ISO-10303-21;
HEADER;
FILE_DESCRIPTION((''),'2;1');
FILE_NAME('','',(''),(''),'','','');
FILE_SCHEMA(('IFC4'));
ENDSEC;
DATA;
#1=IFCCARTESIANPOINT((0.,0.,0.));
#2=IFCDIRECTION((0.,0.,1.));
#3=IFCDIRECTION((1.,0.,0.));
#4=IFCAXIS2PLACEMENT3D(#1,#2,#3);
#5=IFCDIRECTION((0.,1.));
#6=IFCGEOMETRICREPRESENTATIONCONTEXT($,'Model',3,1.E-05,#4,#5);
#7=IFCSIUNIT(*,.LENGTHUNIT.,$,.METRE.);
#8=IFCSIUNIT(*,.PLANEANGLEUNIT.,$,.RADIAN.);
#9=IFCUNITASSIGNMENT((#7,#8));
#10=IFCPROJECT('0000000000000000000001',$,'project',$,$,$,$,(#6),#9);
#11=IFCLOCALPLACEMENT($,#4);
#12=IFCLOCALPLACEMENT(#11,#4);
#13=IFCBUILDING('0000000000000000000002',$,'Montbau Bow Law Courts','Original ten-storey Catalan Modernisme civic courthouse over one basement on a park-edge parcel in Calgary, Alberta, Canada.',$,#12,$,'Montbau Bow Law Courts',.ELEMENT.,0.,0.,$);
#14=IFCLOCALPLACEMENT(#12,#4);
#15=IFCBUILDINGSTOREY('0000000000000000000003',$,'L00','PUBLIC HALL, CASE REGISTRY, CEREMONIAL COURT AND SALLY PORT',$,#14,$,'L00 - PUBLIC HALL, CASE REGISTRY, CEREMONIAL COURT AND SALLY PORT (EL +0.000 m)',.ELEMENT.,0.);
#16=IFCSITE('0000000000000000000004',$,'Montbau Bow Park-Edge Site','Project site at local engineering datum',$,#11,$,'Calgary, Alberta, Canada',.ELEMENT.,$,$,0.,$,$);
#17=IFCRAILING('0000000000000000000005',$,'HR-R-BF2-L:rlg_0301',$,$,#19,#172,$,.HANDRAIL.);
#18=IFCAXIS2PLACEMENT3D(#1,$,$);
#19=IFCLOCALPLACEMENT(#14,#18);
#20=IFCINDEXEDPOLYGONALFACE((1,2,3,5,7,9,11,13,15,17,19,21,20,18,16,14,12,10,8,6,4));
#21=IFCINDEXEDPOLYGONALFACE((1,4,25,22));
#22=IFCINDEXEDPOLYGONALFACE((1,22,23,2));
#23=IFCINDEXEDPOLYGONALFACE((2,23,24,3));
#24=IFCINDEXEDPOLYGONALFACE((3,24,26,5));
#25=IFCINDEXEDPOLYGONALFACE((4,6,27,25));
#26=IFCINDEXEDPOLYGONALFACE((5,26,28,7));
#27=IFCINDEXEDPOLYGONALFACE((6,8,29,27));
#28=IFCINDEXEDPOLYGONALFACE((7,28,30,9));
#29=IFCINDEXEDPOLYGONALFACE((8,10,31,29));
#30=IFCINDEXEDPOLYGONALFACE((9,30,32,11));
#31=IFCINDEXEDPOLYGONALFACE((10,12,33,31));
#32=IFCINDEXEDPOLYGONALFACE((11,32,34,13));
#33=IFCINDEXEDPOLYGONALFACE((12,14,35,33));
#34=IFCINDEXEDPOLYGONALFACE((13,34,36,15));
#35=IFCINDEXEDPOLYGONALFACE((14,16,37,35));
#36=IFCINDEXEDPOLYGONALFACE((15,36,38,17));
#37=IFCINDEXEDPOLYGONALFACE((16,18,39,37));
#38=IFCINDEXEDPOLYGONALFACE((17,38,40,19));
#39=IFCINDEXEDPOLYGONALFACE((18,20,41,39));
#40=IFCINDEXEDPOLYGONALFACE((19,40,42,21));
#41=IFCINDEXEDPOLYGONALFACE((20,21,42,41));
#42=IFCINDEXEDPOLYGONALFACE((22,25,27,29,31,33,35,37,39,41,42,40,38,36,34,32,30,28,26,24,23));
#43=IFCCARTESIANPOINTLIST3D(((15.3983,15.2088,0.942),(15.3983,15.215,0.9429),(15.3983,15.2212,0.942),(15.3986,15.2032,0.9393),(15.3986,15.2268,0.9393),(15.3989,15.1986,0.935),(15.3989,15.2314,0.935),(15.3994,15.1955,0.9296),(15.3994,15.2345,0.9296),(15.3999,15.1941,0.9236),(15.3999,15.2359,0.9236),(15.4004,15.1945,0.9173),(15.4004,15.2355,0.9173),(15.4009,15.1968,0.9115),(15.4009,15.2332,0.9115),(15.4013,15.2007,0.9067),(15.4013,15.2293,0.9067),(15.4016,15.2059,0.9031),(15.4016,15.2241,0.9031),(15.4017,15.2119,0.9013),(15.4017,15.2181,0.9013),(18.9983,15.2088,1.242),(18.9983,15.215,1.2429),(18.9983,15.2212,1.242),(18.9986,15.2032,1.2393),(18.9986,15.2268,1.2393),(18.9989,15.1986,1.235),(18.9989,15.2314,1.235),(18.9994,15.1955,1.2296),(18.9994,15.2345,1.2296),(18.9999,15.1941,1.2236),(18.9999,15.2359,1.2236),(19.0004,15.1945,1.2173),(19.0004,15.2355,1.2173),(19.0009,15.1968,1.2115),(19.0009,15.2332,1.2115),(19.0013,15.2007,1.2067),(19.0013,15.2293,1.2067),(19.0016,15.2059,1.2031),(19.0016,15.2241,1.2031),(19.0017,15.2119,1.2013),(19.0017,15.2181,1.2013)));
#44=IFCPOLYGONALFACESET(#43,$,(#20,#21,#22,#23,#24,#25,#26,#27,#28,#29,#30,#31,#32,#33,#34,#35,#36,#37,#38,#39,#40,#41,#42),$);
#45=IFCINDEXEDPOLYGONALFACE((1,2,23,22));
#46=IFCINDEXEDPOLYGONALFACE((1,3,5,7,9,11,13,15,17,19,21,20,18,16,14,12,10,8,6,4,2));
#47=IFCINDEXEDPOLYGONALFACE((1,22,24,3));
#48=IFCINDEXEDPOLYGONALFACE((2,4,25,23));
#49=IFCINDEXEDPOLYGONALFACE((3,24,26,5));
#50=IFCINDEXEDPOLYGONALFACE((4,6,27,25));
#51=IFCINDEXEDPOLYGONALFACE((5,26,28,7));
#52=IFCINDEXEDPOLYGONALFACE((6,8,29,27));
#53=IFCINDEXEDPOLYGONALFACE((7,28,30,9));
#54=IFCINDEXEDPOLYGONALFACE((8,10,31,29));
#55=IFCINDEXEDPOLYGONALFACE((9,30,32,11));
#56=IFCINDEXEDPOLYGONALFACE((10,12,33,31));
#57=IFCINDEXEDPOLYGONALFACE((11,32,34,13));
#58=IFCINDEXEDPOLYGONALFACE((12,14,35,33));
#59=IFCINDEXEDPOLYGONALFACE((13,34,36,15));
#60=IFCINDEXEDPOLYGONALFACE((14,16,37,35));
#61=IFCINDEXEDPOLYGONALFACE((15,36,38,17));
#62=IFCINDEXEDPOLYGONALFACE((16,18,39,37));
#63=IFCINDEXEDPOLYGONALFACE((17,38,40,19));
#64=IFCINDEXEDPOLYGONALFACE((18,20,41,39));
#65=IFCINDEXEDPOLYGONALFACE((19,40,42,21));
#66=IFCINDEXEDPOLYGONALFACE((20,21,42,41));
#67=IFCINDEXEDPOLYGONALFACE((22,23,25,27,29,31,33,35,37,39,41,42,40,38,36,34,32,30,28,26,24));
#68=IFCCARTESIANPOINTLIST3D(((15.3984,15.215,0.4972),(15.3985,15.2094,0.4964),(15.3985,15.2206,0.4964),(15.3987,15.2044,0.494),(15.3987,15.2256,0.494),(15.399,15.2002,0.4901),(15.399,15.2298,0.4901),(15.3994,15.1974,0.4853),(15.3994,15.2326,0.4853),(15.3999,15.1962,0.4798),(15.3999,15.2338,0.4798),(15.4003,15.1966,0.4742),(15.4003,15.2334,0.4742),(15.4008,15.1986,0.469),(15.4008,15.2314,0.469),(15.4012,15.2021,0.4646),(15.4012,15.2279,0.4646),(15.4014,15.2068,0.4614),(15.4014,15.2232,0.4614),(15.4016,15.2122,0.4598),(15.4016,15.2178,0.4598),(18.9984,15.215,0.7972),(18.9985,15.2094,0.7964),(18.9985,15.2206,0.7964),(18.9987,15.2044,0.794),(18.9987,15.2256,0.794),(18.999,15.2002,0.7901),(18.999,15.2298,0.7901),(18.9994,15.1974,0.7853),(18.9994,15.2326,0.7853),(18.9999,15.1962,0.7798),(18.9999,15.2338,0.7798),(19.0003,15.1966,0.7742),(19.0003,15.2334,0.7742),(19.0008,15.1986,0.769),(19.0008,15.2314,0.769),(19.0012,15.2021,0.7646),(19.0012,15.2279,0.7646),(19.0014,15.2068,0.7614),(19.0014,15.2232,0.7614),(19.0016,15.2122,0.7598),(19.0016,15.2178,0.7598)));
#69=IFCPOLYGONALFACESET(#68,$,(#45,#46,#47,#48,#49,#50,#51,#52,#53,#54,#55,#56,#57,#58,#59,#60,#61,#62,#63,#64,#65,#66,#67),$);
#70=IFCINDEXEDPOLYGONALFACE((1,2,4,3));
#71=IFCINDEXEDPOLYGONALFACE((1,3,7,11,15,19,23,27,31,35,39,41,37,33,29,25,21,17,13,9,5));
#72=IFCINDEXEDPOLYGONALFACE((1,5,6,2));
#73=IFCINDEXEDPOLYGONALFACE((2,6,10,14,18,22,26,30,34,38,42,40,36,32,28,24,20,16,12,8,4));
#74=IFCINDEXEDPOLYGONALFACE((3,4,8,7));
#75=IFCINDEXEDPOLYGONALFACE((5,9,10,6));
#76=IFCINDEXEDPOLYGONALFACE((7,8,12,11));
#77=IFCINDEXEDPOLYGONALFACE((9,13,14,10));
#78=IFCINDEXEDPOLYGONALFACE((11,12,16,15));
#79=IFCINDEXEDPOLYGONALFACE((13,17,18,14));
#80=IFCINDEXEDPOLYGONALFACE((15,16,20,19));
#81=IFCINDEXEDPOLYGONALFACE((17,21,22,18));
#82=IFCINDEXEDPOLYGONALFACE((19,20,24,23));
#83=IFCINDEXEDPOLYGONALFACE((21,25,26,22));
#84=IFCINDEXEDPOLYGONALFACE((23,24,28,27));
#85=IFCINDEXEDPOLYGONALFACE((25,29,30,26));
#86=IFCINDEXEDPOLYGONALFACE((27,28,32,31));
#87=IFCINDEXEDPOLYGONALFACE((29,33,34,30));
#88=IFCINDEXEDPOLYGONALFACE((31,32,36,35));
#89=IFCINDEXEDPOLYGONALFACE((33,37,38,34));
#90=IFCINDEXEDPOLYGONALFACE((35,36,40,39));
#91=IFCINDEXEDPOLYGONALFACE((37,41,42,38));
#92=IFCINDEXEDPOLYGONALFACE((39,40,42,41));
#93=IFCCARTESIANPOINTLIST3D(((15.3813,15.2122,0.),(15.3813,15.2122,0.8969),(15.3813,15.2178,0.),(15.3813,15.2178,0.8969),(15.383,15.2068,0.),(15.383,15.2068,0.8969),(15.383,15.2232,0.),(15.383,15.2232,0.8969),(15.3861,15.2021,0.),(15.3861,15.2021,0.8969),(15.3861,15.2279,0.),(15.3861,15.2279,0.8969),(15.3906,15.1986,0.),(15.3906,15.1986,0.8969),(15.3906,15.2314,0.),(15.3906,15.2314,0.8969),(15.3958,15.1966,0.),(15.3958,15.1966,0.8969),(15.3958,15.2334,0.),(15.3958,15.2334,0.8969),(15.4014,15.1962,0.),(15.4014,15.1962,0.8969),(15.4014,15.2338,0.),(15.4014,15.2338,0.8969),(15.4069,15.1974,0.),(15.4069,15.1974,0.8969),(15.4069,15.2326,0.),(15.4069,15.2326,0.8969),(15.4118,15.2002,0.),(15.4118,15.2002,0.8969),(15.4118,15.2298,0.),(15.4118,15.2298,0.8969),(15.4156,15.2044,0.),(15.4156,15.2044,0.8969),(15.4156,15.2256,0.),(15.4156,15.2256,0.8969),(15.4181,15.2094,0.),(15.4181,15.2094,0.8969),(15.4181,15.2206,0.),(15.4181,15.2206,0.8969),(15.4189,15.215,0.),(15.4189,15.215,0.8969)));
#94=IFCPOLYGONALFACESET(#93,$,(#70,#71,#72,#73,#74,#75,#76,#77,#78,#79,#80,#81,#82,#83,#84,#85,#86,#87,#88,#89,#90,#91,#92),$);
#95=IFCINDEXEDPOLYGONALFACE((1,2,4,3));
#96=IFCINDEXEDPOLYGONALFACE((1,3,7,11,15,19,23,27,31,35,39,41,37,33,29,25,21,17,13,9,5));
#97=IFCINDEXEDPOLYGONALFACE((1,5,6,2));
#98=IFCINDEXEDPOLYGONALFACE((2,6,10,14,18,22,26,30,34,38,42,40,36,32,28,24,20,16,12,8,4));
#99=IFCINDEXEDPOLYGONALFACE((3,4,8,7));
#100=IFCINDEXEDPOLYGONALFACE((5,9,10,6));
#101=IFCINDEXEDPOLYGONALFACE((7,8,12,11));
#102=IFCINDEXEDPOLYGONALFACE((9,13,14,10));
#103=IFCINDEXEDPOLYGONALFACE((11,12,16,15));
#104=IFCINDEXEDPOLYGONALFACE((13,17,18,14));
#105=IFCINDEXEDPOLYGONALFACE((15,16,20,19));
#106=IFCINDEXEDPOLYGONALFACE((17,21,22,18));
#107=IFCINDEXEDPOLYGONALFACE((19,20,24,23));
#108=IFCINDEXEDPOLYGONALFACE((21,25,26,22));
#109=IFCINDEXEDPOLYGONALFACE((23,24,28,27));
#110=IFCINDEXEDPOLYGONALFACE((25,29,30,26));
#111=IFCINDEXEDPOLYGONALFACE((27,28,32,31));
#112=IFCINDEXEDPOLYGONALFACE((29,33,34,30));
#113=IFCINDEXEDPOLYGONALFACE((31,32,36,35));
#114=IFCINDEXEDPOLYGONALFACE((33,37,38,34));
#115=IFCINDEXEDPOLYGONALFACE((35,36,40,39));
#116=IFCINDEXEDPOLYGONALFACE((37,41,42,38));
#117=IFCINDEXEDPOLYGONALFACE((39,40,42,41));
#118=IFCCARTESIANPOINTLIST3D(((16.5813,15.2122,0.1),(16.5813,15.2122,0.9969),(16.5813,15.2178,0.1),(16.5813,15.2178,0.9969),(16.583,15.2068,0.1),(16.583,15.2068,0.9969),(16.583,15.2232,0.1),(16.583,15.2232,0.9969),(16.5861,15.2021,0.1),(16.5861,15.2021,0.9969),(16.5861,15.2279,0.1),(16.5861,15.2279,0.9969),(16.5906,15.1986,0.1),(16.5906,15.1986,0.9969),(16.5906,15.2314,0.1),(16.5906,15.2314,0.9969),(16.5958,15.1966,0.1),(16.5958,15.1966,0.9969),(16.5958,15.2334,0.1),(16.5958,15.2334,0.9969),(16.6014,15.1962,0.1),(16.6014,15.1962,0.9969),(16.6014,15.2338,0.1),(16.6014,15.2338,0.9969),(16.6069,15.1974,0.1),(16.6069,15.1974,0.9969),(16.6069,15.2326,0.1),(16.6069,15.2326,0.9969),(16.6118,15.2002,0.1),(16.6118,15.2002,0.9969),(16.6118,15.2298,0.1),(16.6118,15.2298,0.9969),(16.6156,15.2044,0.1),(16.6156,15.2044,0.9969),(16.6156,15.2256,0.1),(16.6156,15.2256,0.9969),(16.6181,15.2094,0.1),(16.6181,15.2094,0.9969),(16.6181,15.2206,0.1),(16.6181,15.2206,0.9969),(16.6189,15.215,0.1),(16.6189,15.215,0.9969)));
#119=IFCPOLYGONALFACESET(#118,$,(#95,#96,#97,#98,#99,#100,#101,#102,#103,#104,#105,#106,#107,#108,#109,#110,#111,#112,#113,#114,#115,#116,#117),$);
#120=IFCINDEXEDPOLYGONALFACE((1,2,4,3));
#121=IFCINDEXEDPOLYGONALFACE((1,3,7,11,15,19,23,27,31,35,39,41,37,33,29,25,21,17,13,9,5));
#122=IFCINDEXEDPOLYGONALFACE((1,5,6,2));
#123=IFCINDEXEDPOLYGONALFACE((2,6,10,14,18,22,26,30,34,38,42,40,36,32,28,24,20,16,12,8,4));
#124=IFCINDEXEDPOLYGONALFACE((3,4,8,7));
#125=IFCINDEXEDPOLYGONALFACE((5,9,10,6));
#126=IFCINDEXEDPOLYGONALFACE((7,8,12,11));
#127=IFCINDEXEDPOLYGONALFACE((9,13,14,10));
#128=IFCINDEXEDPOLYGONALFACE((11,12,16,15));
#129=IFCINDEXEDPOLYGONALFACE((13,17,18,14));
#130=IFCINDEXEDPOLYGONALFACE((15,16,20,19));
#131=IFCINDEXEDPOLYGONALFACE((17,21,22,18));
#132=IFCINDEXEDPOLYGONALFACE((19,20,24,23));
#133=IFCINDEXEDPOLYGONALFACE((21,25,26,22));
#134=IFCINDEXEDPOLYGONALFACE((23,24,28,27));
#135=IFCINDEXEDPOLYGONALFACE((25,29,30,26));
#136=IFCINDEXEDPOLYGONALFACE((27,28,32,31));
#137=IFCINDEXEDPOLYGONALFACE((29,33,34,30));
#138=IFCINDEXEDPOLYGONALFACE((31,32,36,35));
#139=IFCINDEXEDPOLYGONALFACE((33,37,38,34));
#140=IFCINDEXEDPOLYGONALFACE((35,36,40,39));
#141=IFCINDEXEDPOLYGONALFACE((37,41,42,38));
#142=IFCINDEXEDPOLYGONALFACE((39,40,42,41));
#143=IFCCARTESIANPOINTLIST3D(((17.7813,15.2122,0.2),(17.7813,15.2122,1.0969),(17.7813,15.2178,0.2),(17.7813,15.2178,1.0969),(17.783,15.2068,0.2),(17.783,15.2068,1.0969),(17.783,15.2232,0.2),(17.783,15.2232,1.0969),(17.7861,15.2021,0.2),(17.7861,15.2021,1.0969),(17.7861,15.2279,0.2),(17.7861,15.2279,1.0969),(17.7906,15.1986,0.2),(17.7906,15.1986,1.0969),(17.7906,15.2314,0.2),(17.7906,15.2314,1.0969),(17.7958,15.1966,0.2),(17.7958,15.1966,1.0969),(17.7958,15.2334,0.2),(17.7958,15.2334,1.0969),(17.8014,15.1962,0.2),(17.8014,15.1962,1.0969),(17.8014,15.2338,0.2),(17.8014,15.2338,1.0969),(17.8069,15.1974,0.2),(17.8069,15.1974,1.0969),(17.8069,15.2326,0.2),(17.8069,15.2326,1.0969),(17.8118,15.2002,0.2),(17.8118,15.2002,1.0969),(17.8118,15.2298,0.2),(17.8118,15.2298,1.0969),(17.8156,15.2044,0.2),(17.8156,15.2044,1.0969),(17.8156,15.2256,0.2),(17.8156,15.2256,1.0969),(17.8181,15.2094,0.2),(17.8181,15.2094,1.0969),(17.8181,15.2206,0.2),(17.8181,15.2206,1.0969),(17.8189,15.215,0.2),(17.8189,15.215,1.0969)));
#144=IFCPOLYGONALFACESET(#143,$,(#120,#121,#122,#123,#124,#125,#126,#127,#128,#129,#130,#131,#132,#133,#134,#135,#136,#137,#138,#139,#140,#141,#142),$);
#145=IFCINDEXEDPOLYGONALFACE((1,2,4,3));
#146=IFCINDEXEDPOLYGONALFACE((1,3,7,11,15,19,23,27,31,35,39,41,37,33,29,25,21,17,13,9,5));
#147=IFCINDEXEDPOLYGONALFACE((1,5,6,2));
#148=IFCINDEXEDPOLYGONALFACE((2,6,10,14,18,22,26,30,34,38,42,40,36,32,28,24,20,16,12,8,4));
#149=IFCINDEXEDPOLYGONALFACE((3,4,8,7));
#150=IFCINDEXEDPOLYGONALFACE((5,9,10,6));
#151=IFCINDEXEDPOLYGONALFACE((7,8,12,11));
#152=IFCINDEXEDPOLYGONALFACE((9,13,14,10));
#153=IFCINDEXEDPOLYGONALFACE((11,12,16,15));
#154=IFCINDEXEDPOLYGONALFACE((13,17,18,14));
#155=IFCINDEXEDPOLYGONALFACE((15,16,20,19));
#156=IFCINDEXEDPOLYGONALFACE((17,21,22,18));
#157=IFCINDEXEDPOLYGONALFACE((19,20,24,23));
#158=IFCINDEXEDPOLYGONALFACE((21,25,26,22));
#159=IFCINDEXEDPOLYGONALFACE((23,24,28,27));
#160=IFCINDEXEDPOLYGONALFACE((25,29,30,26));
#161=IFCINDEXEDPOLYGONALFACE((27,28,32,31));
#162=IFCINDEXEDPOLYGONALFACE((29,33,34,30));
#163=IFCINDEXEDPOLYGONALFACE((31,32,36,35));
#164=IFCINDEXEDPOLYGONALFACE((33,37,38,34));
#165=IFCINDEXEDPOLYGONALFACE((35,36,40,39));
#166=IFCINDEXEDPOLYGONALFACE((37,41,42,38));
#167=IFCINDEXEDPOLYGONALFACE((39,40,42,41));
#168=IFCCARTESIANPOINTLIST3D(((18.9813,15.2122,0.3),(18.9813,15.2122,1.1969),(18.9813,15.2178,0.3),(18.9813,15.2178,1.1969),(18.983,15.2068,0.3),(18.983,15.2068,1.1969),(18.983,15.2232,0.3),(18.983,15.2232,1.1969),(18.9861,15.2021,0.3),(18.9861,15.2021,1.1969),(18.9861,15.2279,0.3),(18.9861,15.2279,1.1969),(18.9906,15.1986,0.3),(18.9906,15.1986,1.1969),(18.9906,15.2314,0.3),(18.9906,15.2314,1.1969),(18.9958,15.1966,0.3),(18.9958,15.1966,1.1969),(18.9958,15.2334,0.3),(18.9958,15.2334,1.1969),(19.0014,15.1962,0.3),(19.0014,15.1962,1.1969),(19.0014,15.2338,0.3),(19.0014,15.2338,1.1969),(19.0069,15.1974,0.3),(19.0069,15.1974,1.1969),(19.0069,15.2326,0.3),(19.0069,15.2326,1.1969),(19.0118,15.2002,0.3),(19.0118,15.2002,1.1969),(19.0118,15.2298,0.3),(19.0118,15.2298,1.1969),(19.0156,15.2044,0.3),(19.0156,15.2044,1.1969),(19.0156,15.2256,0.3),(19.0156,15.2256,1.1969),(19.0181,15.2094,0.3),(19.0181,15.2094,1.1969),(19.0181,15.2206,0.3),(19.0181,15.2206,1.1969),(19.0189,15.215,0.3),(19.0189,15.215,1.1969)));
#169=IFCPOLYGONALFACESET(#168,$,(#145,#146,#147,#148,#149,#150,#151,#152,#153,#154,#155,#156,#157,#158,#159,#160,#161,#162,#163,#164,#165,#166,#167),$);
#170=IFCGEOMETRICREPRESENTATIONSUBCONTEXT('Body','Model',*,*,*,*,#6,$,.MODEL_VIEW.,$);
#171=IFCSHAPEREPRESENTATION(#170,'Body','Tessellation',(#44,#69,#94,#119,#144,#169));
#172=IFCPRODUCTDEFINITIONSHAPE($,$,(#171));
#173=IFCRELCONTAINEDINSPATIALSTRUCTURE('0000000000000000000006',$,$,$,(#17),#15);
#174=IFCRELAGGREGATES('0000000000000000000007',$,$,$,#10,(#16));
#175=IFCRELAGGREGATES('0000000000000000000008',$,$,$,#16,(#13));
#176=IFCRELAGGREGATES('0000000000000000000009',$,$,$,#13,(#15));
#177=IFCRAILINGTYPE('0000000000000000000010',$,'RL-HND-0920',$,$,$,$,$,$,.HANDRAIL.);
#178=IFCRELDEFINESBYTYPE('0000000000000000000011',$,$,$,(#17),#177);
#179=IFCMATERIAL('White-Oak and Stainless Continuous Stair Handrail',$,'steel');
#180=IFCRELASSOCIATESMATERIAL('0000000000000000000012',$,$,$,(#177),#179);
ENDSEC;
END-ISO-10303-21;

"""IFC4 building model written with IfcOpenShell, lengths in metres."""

from ifc_helpers import new_model, si_unit, direction, frame, origin_with_axes, origin_2d_with_axis, place, context, subcontext, project, spatial, circle, extrude, material, type_object, element, save


model = new_model("IFC4")

# Units and contexts
model_context = context("Model", 3, precision=1e-05, world=origin_with_axes(), true_north=direction((0.0, 1.0)))
body_context = subcontext(model_context, "Body", "Model", "MODEL_VIEW")
ifc_project = project(units=[si_unit("LENGTHUNIT", "METRE"), si_unit("PLANEANGLEUNIT", "RADIAN")], contexts=[model_context])

# Site, building, storey
site_placement = place(None, origin_with_axes())
site = spatial("IfcSite", under=ifc_project, at=site_placement, Name="Montbau Bow Park-Edge Site", Description="Project site at local engineering datum", LongName="Calgary, Alberta, Canada", CompositionType="ELEMENT", RefElevation=0.0)
building_placement = place(site_placement, origin_with_axes())
building = spatial("IfcBuilding", under=site, at=building_placement, Name="Montbau Bow Law Courts", Description="Original ten-storey Catalan Modernisme civic courthouse over one basement on a park-edge parcel in Calgary, Alberta, Canada.", LongName="Montbau Bow Law Courts", CompositionType="ELEMENT", ElevationOfRefHeight=0.0, ElevationOfTerrain=0.0)
storey_placement = place(building_placement, origin_with_axes())
storey = spatial("IfcBuildingStorey", under=building, at=storey_placement, Name="L00", Description="PUBLIC HALL, CASE REGISTRY, CEREMONIAL COURT AND SALLY PORT", LongName="L00 - PUBLIC HALL, CASE REGISTRY, CEREMONIAL COURT AND SALLY PORT (EL +0.000 m)", CompositionType="ELEMENT", Elevation=0.0)

# Railing
ifc_material_1 = material(Name="White-Oak and Stainless Continuous Stair Handrail", Category="steel")
railing_type = type_object("IfcRailingType", Name="RL-HND-0920", PredefinedType="HANDRAIL", material=ifc_material_1)
railing_1_placement = place(None, origin_with_axes())
element("IfcRailing", 1, at=railing_1_placement, inside=storey, type_object=railing_type, Name="HR-R-BF2-L:rlg_0301", PredefinedType="HANDRAIL", context=body_context, shape_type="SweptSolid", body=[
    extrude(circle(Radius=0.021, at=origin_2d_with_axis()), frame((15.4, 15.215, 0.922), z_axis=(0.996546, 0.0, 0.083045), x_axis=(-0.083045, 0.0, 0.996546)), (0.0, 0.0, 1.0), 3.6125),
    extrude(circle(Radius=0.0189, at=origin_2d_with_axis()), frame((15.4, 15.215, 0.4784), z_axis=(0.996546, 0.0, 0.083045), x_axis=(-0.083045, 0.0, 0.996546)), (0.0, 0.0, 1.0), 3.6125),
    extrude(circle(Radius=0.0189, at=origin_2d_with_axis()), frame((15.4, 15.215, 0.0), z_axis=(0.0, 0.0, 1.0), x_axis=(1.0, 0.0, 0.0)), (0.0, 0.0, 1.0), 0.8969),
    extrude(circle(Radius=0.0189, at=origin_2d_with_axis()), frame((16.6, 15.215, 0.1), z_axis=(0.0, 0.0, 1.0), x_axis=(1.0, 0.0, 0.0)), (0.0, 0.0, 1.0), 0.8969),
    extrude(circle(Radius=0.0189, at=origin_2d_with_axis()), frame((17.8, 15.215, 0.2), z_axis=(0.0, 0.0, 1.0), x_axis=(1.0, 0.0, 0.0)), (0.0, 0.0, 1.0), 0.8969),
    extrude(circle(Radius=0.0189, at=origin_2d_with_axis()), frame((19.0, 15.215, 0.3), z_axis=(0.0, 0.0, 1.0), x_axis=(1.0, 0.0, 0.0)), (0.0, 0.0, 1.0), 0.8969),
])

save(model, "model.ifc")
